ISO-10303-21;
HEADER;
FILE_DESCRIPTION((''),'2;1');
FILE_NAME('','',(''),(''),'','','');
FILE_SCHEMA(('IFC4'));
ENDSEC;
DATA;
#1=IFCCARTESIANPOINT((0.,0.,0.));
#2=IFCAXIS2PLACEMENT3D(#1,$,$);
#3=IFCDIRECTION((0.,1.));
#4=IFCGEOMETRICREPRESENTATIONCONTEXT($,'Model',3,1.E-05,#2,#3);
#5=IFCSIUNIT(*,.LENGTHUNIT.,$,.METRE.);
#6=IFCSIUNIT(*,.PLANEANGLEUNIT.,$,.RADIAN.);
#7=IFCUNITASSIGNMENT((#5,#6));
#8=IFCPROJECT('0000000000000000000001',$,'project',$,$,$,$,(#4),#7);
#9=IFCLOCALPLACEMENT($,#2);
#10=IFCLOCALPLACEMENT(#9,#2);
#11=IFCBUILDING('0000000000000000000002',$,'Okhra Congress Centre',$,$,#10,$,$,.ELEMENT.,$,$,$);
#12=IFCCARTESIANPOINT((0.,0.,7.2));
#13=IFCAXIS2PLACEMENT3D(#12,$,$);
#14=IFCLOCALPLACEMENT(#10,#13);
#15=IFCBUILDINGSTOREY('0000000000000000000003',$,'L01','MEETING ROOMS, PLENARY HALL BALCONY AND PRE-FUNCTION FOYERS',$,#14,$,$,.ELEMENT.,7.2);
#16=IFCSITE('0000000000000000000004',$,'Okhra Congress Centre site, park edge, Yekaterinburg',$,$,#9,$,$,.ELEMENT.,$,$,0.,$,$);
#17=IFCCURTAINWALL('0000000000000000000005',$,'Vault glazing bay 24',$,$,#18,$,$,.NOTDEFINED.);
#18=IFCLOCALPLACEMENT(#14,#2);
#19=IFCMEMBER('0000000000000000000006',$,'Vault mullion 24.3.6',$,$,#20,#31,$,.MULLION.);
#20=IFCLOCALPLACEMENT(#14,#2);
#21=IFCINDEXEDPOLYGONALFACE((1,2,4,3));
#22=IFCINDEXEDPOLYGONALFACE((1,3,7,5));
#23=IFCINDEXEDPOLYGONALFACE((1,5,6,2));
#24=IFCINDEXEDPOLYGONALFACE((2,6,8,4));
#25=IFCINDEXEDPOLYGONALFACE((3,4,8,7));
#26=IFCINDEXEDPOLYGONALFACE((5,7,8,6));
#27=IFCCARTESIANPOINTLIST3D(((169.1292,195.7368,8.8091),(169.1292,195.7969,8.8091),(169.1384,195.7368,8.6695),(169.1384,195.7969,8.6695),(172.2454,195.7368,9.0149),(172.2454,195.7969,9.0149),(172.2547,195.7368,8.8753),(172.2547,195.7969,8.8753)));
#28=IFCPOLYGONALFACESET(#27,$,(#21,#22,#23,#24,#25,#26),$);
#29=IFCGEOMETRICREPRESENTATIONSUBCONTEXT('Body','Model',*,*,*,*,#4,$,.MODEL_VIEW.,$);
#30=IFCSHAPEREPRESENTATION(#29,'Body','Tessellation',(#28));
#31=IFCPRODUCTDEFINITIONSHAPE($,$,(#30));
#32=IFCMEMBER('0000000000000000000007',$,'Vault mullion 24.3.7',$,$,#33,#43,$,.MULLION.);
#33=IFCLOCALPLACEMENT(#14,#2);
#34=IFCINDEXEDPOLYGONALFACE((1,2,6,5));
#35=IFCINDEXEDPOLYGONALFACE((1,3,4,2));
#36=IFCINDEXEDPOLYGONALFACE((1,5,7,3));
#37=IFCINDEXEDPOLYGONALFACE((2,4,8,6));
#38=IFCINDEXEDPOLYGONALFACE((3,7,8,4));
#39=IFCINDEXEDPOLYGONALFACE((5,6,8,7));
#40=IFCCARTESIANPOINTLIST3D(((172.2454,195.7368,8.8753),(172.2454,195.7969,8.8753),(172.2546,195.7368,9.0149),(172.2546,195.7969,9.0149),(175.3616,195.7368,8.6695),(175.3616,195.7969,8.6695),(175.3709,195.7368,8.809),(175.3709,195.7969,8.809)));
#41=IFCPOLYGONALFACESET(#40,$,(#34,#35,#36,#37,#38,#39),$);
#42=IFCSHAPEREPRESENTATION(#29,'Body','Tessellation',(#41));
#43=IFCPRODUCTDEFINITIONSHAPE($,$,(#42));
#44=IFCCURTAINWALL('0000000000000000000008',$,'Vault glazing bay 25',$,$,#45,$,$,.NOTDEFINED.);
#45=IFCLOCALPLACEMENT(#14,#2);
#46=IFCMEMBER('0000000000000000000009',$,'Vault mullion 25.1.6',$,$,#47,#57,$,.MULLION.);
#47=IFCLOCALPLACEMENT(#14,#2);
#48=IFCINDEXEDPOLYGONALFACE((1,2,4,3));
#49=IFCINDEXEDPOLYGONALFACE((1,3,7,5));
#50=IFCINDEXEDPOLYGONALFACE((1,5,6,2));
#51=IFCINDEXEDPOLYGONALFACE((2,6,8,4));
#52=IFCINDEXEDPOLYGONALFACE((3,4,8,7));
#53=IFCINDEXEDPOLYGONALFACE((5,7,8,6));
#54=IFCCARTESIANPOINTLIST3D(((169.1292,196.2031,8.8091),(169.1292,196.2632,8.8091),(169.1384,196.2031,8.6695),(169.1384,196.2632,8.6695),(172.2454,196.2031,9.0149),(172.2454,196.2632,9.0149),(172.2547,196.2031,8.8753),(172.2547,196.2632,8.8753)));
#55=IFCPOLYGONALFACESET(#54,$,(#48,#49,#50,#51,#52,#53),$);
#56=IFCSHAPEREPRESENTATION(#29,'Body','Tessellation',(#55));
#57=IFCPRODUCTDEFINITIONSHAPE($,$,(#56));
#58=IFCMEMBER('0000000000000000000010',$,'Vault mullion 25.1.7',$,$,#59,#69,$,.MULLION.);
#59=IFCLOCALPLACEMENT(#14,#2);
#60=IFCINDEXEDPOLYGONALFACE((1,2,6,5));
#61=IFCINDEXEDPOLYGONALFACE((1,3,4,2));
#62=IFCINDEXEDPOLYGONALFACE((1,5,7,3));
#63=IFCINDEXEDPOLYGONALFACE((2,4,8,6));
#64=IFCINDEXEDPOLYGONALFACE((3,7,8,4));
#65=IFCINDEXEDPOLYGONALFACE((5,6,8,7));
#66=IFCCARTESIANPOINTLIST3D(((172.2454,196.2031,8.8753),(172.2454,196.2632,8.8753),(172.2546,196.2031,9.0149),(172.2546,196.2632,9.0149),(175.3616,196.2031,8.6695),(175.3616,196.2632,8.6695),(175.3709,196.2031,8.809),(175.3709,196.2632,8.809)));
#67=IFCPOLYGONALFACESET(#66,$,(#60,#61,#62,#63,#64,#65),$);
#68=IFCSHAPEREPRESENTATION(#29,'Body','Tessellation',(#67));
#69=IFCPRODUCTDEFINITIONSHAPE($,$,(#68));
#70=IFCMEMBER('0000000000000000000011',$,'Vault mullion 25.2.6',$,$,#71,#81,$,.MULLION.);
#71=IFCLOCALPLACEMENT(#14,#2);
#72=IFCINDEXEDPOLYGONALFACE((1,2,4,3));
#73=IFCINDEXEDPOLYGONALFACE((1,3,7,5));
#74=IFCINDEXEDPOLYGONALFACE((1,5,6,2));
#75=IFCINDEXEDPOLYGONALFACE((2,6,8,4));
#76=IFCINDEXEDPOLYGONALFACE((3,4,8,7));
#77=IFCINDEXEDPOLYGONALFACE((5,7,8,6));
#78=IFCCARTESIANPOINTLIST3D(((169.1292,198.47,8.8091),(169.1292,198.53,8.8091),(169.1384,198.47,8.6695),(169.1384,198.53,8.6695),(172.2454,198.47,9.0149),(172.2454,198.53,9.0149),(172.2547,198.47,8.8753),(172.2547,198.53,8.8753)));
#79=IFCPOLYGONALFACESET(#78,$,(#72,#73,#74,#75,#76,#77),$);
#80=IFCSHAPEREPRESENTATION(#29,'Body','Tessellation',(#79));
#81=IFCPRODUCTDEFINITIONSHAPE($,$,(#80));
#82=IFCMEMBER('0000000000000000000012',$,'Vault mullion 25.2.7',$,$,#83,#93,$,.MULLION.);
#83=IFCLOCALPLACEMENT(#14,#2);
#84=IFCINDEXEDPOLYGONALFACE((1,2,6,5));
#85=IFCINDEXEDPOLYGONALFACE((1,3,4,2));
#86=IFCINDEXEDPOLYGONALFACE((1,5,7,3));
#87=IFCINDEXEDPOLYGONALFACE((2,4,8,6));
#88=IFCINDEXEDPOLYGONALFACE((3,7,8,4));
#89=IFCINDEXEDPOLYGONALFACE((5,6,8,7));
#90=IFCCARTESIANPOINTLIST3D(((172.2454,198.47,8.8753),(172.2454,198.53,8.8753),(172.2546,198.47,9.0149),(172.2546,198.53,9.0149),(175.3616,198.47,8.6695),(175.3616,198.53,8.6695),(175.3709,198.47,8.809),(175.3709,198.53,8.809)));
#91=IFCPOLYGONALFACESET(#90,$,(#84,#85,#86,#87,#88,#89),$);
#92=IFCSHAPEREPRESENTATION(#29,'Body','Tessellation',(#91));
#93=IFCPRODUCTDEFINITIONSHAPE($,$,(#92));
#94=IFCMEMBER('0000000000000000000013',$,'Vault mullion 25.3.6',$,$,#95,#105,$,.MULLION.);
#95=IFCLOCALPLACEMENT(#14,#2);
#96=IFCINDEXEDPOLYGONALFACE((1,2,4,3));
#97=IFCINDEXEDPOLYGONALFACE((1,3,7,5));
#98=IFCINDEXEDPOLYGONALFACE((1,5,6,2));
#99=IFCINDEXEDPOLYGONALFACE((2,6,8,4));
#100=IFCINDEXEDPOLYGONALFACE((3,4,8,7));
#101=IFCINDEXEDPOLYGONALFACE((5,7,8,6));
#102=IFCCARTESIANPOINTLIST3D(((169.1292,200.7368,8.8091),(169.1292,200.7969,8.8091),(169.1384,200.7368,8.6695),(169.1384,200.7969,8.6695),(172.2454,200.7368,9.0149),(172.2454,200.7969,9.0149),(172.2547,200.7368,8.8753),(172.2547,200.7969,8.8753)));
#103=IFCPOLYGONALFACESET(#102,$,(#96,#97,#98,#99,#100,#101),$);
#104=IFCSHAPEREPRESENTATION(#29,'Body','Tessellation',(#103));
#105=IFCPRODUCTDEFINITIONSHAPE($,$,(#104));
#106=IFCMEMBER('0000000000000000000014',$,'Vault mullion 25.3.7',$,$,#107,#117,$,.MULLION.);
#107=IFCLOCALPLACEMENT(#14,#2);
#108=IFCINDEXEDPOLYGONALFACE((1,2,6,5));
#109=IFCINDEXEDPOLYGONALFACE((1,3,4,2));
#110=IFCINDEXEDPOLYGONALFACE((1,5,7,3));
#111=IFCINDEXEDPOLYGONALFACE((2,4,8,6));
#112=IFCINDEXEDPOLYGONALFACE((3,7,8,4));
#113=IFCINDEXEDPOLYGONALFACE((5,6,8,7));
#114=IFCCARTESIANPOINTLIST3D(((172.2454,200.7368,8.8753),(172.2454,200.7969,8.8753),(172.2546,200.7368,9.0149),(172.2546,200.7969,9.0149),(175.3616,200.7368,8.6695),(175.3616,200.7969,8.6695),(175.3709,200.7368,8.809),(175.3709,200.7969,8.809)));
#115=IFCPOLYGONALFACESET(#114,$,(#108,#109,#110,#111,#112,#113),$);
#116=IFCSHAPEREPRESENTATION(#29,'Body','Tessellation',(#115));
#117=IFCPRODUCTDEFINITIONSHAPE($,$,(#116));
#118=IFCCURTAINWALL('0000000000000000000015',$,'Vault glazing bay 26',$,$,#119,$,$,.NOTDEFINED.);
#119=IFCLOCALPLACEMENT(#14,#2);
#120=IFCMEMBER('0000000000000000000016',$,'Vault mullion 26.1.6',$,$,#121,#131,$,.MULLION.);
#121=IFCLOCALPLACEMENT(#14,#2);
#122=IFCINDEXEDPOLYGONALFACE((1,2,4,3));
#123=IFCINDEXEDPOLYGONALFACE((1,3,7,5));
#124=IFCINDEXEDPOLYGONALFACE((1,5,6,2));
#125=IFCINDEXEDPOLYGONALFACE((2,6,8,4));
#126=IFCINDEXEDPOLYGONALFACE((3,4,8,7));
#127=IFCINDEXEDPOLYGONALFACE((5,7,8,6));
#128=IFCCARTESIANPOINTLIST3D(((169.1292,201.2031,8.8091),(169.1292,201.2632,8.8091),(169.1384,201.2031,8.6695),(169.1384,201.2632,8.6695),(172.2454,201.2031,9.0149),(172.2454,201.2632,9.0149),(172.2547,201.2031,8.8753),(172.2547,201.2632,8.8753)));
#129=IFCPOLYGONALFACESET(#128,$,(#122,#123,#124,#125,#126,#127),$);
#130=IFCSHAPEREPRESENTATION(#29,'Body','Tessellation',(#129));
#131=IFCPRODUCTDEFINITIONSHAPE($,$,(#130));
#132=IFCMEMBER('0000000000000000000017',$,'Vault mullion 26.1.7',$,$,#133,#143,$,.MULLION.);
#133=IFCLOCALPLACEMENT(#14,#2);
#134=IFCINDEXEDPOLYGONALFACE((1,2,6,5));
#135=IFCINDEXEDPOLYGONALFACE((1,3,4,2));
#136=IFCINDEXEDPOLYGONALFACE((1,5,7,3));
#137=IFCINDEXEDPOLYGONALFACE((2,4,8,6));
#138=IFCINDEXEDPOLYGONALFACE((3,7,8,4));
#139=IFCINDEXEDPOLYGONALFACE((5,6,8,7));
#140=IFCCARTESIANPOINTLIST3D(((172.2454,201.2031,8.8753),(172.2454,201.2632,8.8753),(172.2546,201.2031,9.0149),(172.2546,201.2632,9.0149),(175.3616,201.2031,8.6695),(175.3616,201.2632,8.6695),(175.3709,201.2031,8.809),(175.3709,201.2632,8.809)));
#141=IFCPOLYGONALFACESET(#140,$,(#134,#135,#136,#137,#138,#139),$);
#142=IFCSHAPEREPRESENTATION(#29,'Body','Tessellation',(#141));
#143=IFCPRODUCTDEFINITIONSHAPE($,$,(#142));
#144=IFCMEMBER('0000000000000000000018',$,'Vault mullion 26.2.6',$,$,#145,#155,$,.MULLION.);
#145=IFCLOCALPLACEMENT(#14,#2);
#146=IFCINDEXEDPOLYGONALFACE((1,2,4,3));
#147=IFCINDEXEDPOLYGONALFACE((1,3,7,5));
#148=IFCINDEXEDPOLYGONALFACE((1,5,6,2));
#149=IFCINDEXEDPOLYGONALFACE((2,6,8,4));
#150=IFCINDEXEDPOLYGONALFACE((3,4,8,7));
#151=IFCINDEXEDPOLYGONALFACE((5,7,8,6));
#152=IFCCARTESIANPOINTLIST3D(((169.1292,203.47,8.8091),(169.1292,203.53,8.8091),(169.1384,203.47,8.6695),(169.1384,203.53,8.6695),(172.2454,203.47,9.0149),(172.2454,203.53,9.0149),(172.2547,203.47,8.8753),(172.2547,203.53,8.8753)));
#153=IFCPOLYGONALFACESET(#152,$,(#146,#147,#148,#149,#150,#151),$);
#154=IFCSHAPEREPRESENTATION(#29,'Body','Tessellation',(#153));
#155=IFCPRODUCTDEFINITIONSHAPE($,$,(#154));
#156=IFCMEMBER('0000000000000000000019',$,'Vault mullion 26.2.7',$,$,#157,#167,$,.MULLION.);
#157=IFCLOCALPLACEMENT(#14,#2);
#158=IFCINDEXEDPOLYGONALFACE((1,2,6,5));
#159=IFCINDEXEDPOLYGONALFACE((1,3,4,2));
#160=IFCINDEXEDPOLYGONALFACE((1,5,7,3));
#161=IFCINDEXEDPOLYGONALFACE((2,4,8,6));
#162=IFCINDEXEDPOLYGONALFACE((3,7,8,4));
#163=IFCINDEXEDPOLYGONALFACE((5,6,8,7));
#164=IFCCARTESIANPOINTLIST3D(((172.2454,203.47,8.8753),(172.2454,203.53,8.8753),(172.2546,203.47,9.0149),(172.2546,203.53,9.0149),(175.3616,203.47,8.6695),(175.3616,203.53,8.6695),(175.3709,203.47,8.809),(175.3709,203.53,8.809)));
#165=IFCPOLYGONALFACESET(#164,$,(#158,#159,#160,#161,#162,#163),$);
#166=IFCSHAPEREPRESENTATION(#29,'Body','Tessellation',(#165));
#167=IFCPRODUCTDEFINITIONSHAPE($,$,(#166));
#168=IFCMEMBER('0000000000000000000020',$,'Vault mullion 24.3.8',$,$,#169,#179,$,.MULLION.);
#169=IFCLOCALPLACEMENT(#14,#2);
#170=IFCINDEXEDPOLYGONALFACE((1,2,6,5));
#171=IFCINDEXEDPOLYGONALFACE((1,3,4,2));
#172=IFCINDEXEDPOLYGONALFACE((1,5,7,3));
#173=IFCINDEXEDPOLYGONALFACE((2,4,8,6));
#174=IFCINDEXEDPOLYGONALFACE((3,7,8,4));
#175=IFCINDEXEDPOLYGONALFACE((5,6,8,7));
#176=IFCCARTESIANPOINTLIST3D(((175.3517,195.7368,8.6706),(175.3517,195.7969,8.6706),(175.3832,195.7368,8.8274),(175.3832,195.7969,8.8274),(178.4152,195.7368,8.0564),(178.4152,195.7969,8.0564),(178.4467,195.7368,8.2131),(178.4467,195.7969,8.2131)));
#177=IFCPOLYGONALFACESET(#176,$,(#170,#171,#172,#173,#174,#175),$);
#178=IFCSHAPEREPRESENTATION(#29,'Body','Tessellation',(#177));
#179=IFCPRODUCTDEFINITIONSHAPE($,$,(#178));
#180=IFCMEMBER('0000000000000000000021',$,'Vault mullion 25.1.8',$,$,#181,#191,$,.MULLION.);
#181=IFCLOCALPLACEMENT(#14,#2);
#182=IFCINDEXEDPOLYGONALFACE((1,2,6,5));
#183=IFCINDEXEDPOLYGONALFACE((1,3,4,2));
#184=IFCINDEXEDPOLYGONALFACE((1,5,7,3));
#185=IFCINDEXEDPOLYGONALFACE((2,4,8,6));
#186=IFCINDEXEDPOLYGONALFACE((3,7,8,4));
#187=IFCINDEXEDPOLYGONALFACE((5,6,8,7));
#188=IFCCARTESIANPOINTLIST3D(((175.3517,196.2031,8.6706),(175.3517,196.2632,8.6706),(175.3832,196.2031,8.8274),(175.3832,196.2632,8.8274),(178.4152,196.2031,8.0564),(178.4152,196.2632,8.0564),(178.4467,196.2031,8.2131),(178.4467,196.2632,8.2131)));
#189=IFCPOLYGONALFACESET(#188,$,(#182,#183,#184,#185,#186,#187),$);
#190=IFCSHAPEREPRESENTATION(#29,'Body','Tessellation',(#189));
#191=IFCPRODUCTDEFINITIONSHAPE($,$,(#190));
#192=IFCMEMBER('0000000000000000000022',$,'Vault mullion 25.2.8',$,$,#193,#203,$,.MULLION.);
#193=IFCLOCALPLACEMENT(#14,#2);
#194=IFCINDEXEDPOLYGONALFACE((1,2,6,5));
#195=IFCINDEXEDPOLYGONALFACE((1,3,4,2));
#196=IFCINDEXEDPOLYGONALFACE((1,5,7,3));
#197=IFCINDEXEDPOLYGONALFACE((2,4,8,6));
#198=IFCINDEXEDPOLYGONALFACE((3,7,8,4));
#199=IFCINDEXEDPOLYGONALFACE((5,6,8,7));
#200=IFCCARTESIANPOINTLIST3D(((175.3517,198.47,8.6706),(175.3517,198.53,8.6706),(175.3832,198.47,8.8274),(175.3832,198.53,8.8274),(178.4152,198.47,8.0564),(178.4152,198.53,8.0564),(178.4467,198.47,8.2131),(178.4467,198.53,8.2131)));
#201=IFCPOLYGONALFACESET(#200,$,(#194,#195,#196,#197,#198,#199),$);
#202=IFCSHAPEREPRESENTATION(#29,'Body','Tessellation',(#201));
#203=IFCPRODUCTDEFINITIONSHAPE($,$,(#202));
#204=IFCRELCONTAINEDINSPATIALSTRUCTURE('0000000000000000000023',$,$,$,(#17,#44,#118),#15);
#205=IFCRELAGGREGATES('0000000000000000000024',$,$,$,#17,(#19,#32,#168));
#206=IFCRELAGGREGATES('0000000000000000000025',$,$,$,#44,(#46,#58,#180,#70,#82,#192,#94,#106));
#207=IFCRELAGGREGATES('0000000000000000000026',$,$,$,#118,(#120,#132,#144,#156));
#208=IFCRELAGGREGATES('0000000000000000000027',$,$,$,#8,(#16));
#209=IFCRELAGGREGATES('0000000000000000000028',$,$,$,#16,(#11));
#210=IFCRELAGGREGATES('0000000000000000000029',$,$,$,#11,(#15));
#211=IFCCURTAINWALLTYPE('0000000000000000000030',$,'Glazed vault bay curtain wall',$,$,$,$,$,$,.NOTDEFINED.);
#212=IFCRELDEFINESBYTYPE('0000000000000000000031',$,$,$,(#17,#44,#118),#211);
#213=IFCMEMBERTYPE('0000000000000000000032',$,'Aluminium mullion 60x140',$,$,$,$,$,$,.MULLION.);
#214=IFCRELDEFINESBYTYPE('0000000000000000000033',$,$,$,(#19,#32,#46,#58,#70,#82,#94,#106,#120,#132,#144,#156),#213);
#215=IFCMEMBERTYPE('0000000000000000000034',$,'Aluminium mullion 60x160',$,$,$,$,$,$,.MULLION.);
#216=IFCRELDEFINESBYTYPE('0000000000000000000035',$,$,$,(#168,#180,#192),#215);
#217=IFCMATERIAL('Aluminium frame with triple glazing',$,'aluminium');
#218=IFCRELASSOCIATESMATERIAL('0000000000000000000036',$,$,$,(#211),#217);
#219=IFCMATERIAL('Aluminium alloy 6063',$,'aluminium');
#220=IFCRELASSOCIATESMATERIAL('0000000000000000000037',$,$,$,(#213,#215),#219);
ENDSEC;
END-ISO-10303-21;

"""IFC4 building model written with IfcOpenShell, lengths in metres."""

from ifc_helpers import new_model, si_unit, direction, frame, origin, origin_2d, place, context, subcontext, project, spatial, rectangle, extrude, material, material_profile, profile_set, type_object, element, aggregate, save


model = new_model("IFC4")

# Units and contexts
model_context = context("Model", 3, precision=1e-05, world=origin(), true_north=direction((0.0, 1.0)))
body_context = subcontext(model_context, "Body", "Model", "MODEL_VIEW")
ifc_project = project(units=[si_unit("LENGTHUNIT", "METRE"), si_unit("PLANEANGLEUNIT", "RADIAN")], contexts=[model_context])

# Site, building, storey
site_placement = place(None, origin())
site = spatial("IfcSite", under=ifc_project, at=site_placement, Name="Okhra Congress Centre site, park edge, Yekaterinburg", CompositionType="ELEMENT", RefElevation=0.0)
building_placement = place(site_placement, origin())
building = spatial("IfcBuilding", under=site, at=building_placement, Name="Okhra Congress Centre", CompositionType="ELEMENT")
storey_placement = place(building_placement, frame((0.0, 0.0, 7.2)))
storey = spatial("IfcBuildingStorey", under=building, at=storey_placement, Name="L01", Description="MEETING ROOMS, PLENARY HALL BALCONY AND PRE-FUNCTION FOYERS", CompositionType="ELEMENT", Elevation=7.2)

# Curtain walls, members
ifc_material_1 = material(Name="Aluminium frame with triple glazing", Category="aluminium")
curtain_wall_type = type_object("IfcCurtainWallType", Name="Glazed vault bay curtain wall", PredefinedType="NOTDEFINED", material=ifc_material_1)
curtain_wall_1_placement = place(storey_placement, origin())
curtain_wall_1 = element("IfcCurtainWall", 1, at=curtain_wall_1_placement, inside=storey, type_object=curtain_wall_type, Name="Vault glazing bay 24", PredefinedType="NOTDEFINED")
ifc_material_2 = material(Name="Aluminium alloy 6063", Category="aluminium")
ifc_material_profile_1 = material_profile(ifc_material_2, rectangle(XDim=0.0601, YDim=0.1399, at=origin_2d()), Name="AL 60x140")
ifc_profile_set_1 = profile_set([ifc_material_profile_1], Name="Aluminium alloy 6063")
member_type_1 = type_object("IfcMemberType", Name="Aluminium mullion 60x140", PredefinedType="MULLION", material=ifc_profile_set_1)
member_1_placement = place(storey_placement, frame((169.1338, 195.7668, 8.7393), z_axis=(0.997826, 0.0, 0.065902), x_axis=(0.0, 1.0, 0.0)))
member_1 = element("IfcMember", 2, at=member_1_placement, type_object=member_type_1, Name="Vault mullion 24.3.6", PredefinedType="MULLION", context=body_context, shape_type="SweptSolid", body=[
    extrude(rectangle(XDim=0.0601, YDim=0.1399, at=origin_2d()), origin(), (0.0, 0.0, 1.0), 3.123),
])
member_2_placement = place(storey_placement, frame((172.25, 195.7668, 8.9451), z_axis=(0.997826, 0.0, -0.065902), x_axis=(0.0, 1.0, 0.0)))
member_2 = element("IfcMember", 3, at=member_2_placement, type_object=member_type_1, Name="Vault mullion 24.3.7", PredefinedType="MULLION", context=body_context, shape_type="SweptSolid", body=[
    extrude(rectangle(XDim=0.0601, YDim=0.1399, at=origin_2d()), origin(), (0.0, 0.0, 1.0), 3.123),
])
curtain_wall_2_placement = place(storey_placement, origin())
curtain_wall_2 = element("IfcCurtainWall", 4, at=curtain_wall_2_placement, inside=storey, type_object=curtain_wall_type, Name="Vault glazing bay 25", PredefinedType="NOTDEFINED")
member_3_placement = place(storey_placement, frame((169.1338, 196.2332, 8.7393), z_axis=(0.997826, 0.0, 0.065902), x_axis=(0.0, 1.0, 0.0)))
member_3 = element("IfcMember", 5, at=member_3_placement, type_object=member_type_1, Name="Vault mullion 25.1.6", PredefinedType="MULLION", context=body_context, shape_type="SweptSolid", body=[
    extrude(rectangle(XDim=0.0601, YDim=0.1399, at=origin_2d()), origin(), (0.0, 0.0, 1.0), 3.123),
])
member_4_placement = place(storey_placement, frame((172.25, 196.2332, 8.9451), z_axis=(0.997826, 0.0, -0.065902), x_axis=(0.0, 1.0, 0.0)))
member_4 = element("IfcMember", 6, at=member_4_placement, type_object=member_type_1, Name="Vault mullion 25.1.7", PredefinedType="MULLION", context=body_context, shape_type="SweptSolid", body=[
    extrude(rectangle(XDim=0.0601, YDim=0.1399, at=origin_2d()), origin(), (0.0, 0.0, 1.0), 3.123),
])
member_5_placement = place(storey_placement, frame((169.1338, 198.5, 8.7393), z_axis=(0.997826, 0.0, 0.065902), x_axis=(0.0, 1.0, 0.0)))
member_5 = element("IfcMember", 7, at=member_5_placement, type_object=member_type_1, Name="Vault mullion 25.2.6", PredefinedType="MULLION", context=body_context, shape_type="SweptSolid", body=[
    extrude(rectangle(XDim=0.0601, YDim=0.1399, at=origin_2d()), origin(), (0.0, 0.0, 1.0), 3.123),
])
member_6_placement = place(storey_placement, frame((172.25, 198.5, 8.9451), z_axis=(0.997826, 0.0, -0.065902), x_axis=(0.0, 1.0, 0.0)))
member_6 = element("IfcMember", 8, at=member_6_placement, type_object=member_type_1, Name="Vault mullion 25.2.7", PredefinedType="MULLION", context=body_context, shape_type="SweptSolid", body=[
    extrude(rectangle(XDim=0.0601, YDim=0.1399, at=origin_2d()), origin(), (0.0, 0.0, 1.0), 3.123),
])
member_7_placement = place(storey_placement, frame((169.1338, 200.7668, 8.7393), z_axis=(0.997826, 0.0, 0.065902), x_axis=(0.0, 1.0, 0.0)))
member_7 = element("IfcMember", 9, at=member_7_placement, type_object=member_type_1, Name="Vault mullion 25.3.6", PredefinedType="MULLION", context=body_context, shape_type="SweptSolid", body=[
    extrude(rectangle(XDim=0.0601, YDim=0.1399, at=origin_2d()), origin(), (0.0, 0.0, 1.0), 3.123),
])
member_8_placement = place(storey_placement, frame((172.25, 200.7668, 8.9451), z_axis=(0.997826, 0.0, -0.065902), x_axis=(0.0, 1.0, 0.0)))
member_8 = element("IfcMember", 10, at=member_8_placement, type_object=member_type_1, Name="Vault mullion 25.3.7", PredefinedType="MULLION", context=body_context, shape_type="SweptSolid", body=[
    extrude(rectangle(XDim=0.0601, YDim=0.1399, at=origin_2d()), origin(), (0.0, 0.0, 1.0), 3.123),
])
curtain_wall_3_placement = place(storey_placement, origin())
curtain_wall_3 = element("IfcCurtainWall", 11, at=curtain_wall_3_placement, inside=storey, type_object=curtain_wall_type, Name="Vault glazing bay 26", PredefinedType="NOTDEFINED")
member_9_placement = place(storey_placement, frame((169.1338, 201.2332, 8.7393), z_axis=(0.997826, 0.0, 0.065902), x_axis=(0.0, 1.0, 0.0)))
member_9 = element("IfcMember", 12, at=member_9_placement, type_object=member_type_1, Name="Vault mullion 26.1.6", PredefinedType="MULLION", context=body_context, shape_type="SweptSolid", body=[
    extrude(rectangle(XDim=0.0601, YDim=0.1399, at=origin_2d()), origin(), (0.0, 0.0, 1.0), 3.123),
])
member_10_placement = place(storey_placement, frame((172.25, 201.2332, 8.9451), z_axis=(0.997826, 0.0, -0.065902), x_axis=(0.0, 1.0, 0.0)))
member_10 = element("IfcMember", 13, at=member_10_placement, type_object=member_type_1, Name="Vault mullion 26.1.7", PredefinedType="MULLION", context=body_context, shape_type="SweptSolid", body=[
    extrude(rectangle(XDim=0.0601, YDim=0.1399, at=origin_2d()), origin(), (0.0, 0.0, 1.0), 3.123),
])
member_11_placement = place(storey_placement, frame((169.1338, 203.5, 8.7393), z_axis=(0.997826, 0.0, 0.065902), x_axis=(0.0, 1.0, 0.0)))
member_11 = element("IfcMember", 14, at=member_11_placement, type_object=member_type_1, Name="Vault mullion 26.2.6", PredefinedType="MULLION", context=body_context, shape_type="SweptSolid", body=[
    extrude(rectangle(XDim=0.0601, YDim=0.1399, at=origin_2d()), origin(), (0.0, 0.0, 1.0), 3.123),
])
member_12_placement = place(storey_placement, frame((172.25, 203.5, 8.9451), z_axis=(0.997826, 0.0, -0.065902), x_axis=(0.0, 1.0, 0.0)))
member_12 = element("IfcMember", 15, at=member_12_placement, type_object=member_type_1, Name="Vault mullion 26.2.7", PredefinedType="MULLION", context=body_context, shape_type="SweptSolid", body=[
    extrude(rectangle(XDim=0.0601, YDim=0.1399, at=origin_2d()), origin(), (0.0, 0.0, 1.0), 3.123),
])

# Members
ifc_material_profile_2 = material_profile(ifc_material_2, rectangle(XDim=0.0601, YDim=0.1599, at=origin_2d()), Name="AL 60x160")
ifc_profile_set_2 = profile_set([ifc_material_profile_2], Name="Aluminium alloy 6063")
member_type_2 = type_object("IfcMemberType", Name="Aluminium mullion 60x160", PredefinedType="MULLION", material=ifc_profile_set_2)
member_13_placement = place(storey_placement, frame((175.3674, 195.7668, 8.749), z_axis=(0.980484, 0.0, -0.196597), x_axis=(0.0, 1.0, 0.0)))
member_13 = element("IfcMember", 16, at=member_13_placement, type_object=member_type_2, Name="Vault mullion 24.3.8", PredefinedType="MULLION", context=body_context, shape_type="SweptSolid", body=[
    extrude(rectangle(XDim=0.0601, YDim=0.1599, at=origin_2d()), origin(), (0.0, 0.0, 1.0), 3.1245),
])
aggregate(curtain_wall_1, [member_1, member_2, member_13])
member_14_placement = place(storey_placement, frame((175.3674, 196.2332, 8.749), z_axis=(0.980484, 0.0, -0.196597), x_axis=(0.0, 1.0, 0.0)))
member_14 = element("IfcMember", 17, at=member_14_placement, type_object=member_type_2, Name="Vault mullion 25.1.8", PredefinedType="MULLION", context=body_context, shape_type="SweptSolid", body=[
    extrude(rectangle(XDim=0.0601, YDim=0.1599, at=origin_2d()), origin(), (0.0, 0.0, 1.0), 3.1245),
])
member_15_placement = place(storey_placement, frame((175.3674, 198.5, 8.749), z_axis=(0.980484, 0.0, -0.196597), x_axis=(0.0, 1.0, 0.0)))
member_15 = element("IfcMember", 18, at=member_15_placement, type_object=member_type_2, Name="Vault mullion 25.2.8", PredefinedType="MULLION", context=body_context, shape_type="SweptSolid", body=[
    extrude(rectangle(XDim=0.0601, YDim=0.1599, at=origin_2d()), origin(), (0.0, 0.0, 1.0), 3.1245),
])

aggregate(curtain_wall_2, [member_3, member_4, member_14, member_5, member_6, member_15, member_7, member_8])
aggregate(curtain_wall_3, [member_9, member_10, member_11, member_12])

save(model, "model.ifc")
